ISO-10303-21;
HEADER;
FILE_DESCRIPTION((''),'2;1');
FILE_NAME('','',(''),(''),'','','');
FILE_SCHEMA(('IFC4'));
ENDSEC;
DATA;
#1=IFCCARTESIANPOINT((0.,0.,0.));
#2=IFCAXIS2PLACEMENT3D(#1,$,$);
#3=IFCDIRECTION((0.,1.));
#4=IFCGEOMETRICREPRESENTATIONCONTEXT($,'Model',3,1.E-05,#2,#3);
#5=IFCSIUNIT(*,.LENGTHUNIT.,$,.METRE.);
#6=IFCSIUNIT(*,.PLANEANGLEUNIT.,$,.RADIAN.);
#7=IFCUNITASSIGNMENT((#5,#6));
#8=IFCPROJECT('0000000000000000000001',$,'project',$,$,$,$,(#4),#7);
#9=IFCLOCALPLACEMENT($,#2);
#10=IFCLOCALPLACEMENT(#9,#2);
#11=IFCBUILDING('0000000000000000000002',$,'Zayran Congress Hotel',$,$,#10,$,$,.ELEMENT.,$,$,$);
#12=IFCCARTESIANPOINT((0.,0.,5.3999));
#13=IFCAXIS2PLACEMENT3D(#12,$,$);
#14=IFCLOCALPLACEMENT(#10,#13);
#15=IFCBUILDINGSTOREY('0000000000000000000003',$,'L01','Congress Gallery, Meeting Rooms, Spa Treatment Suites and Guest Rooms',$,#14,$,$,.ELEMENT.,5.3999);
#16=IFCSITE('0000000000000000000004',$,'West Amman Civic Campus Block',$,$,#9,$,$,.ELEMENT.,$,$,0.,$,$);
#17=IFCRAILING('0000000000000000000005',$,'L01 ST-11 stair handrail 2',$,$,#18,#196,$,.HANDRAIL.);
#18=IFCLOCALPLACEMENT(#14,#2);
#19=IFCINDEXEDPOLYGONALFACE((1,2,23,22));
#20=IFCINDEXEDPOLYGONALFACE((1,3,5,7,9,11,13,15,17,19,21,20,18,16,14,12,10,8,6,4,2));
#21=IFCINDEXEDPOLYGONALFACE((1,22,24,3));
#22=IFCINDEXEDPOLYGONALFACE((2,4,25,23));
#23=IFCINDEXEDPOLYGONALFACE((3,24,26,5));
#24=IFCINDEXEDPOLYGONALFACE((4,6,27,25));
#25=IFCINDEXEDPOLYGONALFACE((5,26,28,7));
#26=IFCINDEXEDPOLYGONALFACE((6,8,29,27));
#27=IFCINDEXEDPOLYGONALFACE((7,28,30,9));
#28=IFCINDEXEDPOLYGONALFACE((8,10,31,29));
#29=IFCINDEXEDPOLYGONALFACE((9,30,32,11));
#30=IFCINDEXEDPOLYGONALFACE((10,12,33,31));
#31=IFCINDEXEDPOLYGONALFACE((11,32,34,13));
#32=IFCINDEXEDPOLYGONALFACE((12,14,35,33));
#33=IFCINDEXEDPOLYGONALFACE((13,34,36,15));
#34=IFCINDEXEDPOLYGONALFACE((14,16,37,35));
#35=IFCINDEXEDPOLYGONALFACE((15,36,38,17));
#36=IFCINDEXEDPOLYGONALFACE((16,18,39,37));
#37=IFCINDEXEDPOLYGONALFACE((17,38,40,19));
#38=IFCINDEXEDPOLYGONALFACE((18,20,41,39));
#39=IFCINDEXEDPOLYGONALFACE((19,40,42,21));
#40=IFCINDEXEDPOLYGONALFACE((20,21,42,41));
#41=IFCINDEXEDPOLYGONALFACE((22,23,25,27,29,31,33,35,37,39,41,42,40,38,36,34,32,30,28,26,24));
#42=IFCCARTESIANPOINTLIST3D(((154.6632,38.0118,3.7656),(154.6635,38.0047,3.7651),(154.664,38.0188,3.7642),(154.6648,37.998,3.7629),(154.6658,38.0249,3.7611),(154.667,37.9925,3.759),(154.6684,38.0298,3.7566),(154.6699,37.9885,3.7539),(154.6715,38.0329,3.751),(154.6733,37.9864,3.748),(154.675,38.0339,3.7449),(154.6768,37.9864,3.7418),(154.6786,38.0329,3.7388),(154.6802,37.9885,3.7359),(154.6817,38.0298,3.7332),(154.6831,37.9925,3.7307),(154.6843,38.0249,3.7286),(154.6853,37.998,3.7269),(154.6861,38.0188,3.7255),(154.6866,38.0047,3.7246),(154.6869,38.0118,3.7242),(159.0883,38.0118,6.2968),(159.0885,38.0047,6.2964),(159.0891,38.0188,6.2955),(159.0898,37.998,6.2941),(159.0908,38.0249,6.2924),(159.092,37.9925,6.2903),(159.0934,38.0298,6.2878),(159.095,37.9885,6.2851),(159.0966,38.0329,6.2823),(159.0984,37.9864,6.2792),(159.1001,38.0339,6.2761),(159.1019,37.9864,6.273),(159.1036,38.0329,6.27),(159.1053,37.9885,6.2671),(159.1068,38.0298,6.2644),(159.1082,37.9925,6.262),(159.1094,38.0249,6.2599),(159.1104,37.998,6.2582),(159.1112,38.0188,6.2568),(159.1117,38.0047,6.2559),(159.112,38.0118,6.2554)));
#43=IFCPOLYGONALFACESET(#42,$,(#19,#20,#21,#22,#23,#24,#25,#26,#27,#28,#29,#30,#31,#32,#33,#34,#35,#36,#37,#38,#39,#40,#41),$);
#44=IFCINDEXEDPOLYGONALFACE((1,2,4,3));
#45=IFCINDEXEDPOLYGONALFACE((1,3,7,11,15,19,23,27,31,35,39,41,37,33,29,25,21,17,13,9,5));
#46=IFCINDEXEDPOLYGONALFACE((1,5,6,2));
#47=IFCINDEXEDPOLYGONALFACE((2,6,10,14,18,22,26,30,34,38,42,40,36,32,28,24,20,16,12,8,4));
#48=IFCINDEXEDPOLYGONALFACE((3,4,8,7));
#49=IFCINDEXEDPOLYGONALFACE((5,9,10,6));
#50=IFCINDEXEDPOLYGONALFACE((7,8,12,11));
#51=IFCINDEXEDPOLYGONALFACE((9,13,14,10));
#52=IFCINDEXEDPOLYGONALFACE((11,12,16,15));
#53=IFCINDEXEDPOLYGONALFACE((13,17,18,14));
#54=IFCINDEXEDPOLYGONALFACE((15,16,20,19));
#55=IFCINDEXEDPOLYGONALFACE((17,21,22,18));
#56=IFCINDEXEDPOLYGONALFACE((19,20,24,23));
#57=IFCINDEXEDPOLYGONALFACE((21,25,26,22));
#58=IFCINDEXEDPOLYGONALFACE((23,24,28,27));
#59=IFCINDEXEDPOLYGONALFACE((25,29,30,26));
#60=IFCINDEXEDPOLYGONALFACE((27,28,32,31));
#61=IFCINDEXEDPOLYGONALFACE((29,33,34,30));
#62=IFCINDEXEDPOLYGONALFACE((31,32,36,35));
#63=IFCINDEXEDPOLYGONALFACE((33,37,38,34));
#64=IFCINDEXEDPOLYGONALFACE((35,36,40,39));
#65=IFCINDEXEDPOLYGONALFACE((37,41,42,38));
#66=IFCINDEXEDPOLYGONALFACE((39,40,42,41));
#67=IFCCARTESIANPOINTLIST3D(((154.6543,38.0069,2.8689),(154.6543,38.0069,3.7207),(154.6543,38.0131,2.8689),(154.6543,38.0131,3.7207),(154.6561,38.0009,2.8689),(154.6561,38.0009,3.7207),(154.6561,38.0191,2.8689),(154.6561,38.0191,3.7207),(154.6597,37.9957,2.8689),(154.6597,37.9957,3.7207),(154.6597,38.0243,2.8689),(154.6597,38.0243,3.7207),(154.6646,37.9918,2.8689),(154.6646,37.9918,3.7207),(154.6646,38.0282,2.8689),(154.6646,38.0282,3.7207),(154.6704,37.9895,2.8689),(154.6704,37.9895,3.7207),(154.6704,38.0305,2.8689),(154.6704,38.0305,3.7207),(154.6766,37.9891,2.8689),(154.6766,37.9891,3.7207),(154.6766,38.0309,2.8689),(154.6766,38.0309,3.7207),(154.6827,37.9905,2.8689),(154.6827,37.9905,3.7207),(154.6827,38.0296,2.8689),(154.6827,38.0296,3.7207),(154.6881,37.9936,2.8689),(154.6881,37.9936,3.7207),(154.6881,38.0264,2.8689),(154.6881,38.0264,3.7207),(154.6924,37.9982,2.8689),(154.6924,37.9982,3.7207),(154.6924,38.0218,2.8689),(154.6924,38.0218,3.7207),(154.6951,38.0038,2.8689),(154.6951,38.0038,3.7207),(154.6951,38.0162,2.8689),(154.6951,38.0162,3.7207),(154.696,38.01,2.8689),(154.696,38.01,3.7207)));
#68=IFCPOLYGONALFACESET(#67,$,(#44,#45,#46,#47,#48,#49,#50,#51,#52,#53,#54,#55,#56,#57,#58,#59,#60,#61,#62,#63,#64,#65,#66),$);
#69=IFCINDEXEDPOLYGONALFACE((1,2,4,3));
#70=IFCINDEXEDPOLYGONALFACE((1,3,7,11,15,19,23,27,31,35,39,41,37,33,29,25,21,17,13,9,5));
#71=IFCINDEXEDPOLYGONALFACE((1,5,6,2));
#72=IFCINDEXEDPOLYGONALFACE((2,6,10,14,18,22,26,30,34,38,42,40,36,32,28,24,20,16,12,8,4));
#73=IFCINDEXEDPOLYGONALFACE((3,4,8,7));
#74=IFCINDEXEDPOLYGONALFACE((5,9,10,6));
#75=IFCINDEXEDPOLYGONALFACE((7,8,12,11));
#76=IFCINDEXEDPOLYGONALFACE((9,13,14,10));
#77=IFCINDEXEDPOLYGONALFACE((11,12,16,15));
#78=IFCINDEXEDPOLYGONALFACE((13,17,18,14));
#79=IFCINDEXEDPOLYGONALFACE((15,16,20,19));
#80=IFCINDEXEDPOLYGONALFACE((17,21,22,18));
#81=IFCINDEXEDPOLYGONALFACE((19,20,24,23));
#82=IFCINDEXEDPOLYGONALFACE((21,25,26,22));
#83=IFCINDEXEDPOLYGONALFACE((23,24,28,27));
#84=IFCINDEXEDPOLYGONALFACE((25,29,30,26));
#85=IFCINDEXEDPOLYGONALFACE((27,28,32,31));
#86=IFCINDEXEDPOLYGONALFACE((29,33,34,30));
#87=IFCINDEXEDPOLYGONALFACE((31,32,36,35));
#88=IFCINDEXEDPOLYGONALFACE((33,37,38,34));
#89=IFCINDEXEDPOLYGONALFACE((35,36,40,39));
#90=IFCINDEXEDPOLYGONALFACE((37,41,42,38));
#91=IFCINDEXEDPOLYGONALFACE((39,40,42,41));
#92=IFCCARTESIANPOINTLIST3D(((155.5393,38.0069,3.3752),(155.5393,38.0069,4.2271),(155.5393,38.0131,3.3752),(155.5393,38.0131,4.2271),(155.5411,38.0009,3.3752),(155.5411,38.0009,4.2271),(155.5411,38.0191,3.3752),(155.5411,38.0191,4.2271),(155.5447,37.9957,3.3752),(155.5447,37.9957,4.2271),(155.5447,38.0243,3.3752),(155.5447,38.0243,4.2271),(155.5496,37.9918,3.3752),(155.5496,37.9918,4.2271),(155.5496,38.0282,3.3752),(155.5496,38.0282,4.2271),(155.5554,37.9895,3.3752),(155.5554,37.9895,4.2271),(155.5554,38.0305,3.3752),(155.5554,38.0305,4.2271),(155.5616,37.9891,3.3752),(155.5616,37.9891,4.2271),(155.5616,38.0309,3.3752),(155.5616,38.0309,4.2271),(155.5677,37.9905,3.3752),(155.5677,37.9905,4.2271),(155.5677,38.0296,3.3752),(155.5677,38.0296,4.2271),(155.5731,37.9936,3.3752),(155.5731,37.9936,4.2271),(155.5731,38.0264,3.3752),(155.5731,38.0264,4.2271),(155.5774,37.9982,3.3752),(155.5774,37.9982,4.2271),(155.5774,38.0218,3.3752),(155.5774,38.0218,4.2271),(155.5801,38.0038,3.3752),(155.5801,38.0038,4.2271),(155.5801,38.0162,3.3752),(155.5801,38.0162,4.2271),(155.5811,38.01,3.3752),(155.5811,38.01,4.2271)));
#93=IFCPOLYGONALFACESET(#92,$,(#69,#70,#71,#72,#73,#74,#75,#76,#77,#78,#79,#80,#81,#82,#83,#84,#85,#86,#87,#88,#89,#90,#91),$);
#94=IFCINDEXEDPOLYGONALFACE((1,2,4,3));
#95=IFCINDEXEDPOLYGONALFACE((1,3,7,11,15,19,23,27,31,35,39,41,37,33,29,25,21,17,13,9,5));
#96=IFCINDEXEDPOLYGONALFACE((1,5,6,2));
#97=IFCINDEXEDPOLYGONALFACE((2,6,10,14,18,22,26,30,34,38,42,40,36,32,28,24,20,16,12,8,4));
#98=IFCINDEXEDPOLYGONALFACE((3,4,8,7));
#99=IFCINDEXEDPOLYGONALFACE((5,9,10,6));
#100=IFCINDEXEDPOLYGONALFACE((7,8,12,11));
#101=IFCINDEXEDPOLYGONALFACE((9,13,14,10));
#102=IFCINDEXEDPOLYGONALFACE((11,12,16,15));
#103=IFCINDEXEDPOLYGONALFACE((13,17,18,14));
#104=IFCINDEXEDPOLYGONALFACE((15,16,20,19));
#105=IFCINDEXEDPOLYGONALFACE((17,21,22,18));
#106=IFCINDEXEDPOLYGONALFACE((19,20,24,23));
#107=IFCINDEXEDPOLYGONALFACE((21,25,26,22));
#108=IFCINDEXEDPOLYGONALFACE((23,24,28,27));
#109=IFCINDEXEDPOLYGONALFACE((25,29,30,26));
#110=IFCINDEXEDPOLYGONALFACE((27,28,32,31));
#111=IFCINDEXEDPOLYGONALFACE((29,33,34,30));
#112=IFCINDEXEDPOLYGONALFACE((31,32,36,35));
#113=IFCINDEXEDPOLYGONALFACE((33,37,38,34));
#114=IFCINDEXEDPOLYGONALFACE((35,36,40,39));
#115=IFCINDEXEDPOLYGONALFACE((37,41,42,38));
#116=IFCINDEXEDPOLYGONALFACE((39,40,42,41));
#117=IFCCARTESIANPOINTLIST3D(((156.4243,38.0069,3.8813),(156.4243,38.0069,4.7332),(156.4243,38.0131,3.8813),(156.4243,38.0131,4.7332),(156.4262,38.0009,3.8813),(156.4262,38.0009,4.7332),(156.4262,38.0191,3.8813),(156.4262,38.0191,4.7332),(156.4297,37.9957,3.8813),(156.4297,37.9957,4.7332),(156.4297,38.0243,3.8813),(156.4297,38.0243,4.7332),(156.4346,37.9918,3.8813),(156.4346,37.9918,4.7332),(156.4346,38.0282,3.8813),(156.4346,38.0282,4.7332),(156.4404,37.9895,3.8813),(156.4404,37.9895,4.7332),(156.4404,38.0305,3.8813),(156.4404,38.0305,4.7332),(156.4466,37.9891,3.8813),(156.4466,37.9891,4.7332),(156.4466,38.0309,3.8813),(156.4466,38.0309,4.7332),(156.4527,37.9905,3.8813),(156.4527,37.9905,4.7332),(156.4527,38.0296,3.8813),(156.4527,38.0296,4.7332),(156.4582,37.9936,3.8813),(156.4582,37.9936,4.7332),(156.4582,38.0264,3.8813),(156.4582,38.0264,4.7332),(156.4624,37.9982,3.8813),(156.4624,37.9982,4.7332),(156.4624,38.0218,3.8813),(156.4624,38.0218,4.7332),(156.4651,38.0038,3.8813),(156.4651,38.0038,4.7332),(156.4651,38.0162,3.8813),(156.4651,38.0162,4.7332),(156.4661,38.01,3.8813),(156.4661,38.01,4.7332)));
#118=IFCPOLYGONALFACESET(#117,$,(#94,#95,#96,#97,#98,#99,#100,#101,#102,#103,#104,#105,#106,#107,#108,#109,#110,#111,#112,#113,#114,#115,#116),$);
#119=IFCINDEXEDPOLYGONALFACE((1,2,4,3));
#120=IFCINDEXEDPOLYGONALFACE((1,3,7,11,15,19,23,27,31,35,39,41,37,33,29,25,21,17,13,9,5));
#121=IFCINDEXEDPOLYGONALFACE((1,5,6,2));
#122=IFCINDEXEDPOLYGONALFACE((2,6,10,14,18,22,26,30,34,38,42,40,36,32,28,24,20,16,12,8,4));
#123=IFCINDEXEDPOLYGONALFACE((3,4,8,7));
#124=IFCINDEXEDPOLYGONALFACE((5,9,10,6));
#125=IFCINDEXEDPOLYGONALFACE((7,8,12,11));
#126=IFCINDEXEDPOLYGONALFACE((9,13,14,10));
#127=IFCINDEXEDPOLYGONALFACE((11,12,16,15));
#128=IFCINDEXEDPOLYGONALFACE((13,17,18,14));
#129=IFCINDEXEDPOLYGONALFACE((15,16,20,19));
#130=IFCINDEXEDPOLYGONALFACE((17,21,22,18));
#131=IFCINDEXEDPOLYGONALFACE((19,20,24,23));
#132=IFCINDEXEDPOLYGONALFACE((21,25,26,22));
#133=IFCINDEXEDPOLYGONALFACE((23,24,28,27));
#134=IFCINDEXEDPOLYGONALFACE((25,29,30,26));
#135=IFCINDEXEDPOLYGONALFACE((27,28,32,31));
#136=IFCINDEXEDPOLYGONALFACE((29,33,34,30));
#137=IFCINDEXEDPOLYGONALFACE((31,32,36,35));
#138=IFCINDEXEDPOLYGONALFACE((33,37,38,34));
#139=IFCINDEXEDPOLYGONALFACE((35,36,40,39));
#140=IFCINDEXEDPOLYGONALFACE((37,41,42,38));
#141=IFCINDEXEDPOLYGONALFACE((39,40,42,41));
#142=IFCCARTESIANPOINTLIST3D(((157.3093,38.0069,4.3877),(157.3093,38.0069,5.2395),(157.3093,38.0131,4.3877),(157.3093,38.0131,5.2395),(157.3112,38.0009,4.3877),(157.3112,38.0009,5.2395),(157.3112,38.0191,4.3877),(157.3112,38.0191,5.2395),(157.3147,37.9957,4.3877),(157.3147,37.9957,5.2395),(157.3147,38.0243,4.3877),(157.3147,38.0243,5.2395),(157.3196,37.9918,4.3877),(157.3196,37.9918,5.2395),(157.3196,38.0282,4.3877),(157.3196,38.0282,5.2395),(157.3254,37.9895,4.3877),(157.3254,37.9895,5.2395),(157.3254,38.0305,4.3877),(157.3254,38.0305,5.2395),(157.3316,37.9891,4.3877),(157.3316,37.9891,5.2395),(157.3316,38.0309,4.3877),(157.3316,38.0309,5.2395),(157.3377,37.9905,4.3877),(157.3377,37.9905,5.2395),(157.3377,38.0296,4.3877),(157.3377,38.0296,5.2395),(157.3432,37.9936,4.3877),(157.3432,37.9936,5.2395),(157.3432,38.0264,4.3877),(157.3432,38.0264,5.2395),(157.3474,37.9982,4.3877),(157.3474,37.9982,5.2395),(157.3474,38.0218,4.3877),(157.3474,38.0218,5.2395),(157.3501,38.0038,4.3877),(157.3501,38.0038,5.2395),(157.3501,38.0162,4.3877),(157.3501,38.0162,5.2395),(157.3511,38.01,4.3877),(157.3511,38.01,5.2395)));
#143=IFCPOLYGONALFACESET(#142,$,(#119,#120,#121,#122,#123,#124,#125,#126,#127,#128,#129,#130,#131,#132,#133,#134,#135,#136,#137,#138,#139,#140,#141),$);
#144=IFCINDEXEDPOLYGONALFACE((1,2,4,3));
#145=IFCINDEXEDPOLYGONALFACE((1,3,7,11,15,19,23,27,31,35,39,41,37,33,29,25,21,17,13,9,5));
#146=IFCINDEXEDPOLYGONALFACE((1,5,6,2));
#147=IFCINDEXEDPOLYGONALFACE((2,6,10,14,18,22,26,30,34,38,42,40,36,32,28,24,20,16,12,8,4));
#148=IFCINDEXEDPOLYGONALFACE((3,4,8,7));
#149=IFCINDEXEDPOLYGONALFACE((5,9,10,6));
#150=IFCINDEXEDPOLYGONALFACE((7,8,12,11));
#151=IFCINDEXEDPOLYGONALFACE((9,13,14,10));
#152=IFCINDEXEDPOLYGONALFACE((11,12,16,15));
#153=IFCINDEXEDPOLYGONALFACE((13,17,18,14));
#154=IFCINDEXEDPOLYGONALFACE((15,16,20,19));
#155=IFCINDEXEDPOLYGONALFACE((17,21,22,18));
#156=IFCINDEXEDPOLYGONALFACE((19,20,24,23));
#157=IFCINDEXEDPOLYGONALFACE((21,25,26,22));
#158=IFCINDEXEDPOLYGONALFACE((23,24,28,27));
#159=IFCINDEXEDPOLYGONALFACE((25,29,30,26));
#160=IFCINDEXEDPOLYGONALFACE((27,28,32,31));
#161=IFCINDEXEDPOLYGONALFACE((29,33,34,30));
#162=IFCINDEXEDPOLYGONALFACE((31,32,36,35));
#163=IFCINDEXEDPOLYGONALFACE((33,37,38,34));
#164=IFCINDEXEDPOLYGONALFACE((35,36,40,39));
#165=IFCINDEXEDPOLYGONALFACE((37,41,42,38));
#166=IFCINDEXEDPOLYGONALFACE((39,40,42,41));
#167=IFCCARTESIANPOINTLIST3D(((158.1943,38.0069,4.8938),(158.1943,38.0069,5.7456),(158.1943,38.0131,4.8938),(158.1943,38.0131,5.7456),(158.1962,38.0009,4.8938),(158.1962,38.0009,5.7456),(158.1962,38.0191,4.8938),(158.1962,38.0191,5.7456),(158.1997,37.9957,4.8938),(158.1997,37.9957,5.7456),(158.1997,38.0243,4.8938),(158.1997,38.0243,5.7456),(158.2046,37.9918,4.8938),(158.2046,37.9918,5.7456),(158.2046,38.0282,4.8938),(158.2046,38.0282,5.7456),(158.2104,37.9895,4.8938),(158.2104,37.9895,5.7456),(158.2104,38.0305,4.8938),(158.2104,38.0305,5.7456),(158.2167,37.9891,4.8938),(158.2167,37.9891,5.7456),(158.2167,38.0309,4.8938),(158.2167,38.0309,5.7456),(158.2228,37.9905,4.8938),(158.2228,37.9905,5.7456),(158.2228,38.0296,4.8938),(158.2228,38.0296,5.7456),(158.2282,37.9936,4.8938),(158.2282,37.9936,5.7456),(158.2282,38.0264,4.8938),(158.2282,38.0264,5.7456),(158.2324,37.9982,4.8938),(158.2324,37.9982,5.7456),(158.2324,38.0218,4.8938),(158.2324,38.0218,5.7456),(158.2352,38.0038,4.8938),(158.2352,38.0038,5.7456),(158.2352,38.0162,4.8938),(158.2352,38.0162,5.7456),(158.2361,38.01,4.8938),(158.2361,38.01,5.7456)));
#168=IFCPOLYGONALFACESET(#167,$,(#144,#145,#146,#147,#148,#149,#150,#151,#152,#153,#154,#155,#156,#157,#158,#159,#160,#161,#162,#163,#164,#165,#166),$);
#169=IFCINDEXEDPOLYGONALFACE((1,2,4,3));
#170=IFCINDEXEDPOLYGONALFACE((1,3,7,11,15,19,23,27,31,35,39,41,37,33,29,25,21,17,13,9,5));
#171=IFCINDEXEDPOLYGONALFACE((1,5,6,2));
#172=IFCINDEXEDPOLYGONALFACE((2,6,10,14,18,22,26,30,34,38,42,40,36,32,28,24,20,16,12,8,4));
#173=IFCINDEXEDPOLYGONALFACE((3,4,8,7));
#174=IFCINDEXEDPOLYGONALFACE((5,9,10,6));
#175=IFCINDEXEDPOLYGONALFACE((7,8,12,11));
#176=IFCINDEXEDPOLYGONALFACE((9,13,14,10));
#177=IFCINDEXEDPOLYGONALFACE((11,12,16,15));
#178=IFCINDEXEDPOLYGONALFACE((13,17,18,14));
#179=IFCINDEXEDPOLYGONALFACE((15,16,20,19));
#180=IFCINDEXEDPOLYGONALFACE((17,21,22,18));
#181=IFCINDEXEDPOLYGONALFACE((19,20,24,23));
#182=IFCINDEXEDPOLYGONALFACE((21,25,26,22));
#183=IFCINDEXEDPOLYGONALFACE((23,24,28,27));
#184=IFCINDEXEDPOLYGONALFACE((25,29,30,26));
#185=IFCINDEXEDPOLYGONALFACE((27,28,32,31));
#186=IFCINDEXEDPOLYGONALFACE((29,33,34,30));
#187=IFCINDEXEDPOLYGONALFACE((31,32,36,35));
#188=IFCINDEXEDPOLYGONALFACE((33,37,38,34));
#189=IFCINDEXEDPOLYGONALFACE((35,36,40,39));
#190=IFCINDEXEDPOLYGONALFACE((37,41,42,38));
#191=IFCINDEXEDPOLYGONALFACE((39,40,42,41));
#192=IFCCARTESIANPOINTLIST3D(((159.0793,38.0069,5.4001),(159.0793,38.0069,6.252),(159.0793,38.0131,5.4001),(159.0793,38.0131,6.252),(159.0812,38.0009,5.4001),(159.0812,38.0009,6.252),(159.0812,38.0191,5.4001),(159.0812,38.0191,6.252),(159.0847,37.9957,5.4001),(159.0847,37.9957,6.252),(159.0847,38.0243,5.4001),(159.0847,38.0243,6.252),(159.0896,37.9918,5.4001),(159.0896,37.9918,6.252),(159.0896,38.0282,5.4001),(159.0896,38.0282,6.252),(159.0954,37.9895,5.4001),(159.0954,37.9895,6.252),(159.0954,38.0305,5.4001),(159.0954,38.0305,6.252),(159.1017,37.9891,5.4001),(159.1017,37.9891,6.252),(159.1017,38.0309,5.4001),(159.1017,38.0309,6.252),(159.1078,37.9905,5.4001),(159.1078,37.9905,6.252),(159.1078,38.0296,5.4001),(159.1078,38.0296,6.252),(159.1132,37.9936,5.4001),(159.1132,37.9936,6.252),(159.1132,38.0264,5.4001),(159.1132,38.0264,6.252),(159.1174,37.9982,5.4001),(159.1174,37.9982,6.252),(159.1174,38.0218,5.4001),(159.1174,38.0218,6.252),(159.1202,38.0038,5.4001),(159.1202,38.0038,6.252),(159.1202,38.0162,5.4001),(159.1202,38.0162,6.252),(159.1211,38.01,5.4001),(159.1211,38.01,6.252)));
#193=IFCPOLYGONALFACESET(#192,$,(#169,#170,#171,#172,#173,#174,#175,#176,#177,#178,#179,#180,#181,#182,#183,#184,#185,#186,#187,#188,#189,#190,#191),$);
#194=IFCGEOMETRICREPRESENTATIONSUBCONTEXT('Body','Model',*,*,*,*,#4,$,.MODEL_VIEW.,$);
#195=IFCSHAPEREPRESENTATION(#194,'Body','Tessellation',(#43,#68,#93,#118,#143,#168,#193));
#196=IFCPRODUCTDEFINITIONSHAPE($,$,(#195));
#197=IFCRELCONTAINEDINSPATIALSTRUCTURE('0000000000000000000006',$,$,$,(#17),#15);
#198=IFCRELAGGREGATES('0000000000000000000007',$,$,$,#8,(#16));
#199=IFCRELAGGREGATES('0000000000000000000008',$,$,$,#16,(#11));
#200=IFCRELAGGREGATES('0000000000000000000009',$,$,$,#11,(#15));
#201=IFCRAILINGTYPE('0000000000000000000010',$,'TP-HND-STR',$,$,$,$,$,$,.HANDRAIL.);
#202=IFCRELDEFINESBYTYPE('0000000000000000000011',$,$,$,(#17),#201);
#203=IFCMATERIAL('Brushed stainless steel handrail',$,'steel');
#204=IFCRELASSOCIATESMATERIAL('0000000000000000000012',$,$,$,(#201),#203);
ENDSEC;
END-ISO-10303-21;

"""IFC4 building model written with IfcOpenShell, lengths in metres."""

from ifc_helpers import new_model, si_unit, direction, frame, origin, origin_2d, place, context, subcontext, project, spatial, circle, extrude, material, type_object, element, save


model = new_model("IFC4")

# Units and contexts
model_context = context("Model", 3, precision=1e-05, world=origin(), true_north=direction((0.0, 1.0)))
body_context = subcontext(model_context, "Body", "Model", "MODEL_VIEW")
ifc_project = project(units=[si_unit("LENGTHUNIT", "METRE"), si_unit("PLANEANGLEUNIT", "RADIAN")], contexts=[model_context])

# Site, building, storey
site_placement = place(None, origin())
site = spatial("IfcSite", under=ifc_project, at=site_placement, Name="West Amman Civic Campus Block", CompositionType="ELEMENT", RefElevation=0.0)
building_placement = place(site_placement, origin())
building = spatial("IfcBuilding", under=site, at=building_placement, Name="Zayran Congress Hotel", CompositionType="ELEMENT")
storey_placement = place(building_placement, frame((0.0, 0.0, 5.3999)))
storey = spatial("IfcBuildingStorey", under=building, at=storey_placement, Name="L01", Description="Congress Gallery, Meeting Rooms, Spa Treatment Suites and Guest Rooms", CompositionType="ELEMENT", Elevation=5.3999)

# Railing
ifc_material_1 = material(Name="Brushed stainless steel handrail", Category="steel")
railing_type_1 = type_object("IfcRailingType", Name="TP-HND-STR", PredefinedType="HANDRAIL", material=ifc_material_1)
railing_1_placement = place(storey_placement, frame((154.675, 38.01, 2.8689)))
element("IfcRailing", 1, at=railing_1_placement, inside=storey, type_object=railing_type_1, Name="L01 ST-11 stair handrail 2", PredefinedType="HANDRAIL", context=body_context, shape_type="SweptSolid", body=[
    extrude(circle(Radius=0.0239, at=origin_2d()), frame((0.0, 0.0, 0.876), z_axis=(0.868019, 0.0, 0.496531), x_axis=(0.0, 1.0, 0.0)), (0.0, 0.0, 1.0), 5.0979),
    extrude(circle(Radius=0.021, at=origin_2d()), origin(), (0.0, 0.0, 1.0), 0.8518),
    extrude(circle(Radius=0.021, at=origin_2d()), frame((0.885, 0.0, 0.5063)), (0.0, 0.0, 1.0), 0.8518),
    extrude(circle(Radius=0.021, at=origin_2d()), frame((1.77, 0.0, 1.0125)), (0.0, 0.0, 1.0), 0.8518),
    extrude(circle(Radius=0.021, at=origin_2d()), frame((2.655, 0.0, 1.5188)), (0.0, 0.0, 1.0), 0.8518),
    extrude(circle(Radius=0.021, at=origin_2d()), frame((3.54, 0.0, 2.0249)), (0.0, 0.0, 1.0), 0.8518),
    extrude(circle(Radius=0.021, at=origin_2d()), frame((4.425, 0.0, 2.5312)), (0.0, 0.0, 1.0), 0.8518),
])

save(model, "model.ifc")
